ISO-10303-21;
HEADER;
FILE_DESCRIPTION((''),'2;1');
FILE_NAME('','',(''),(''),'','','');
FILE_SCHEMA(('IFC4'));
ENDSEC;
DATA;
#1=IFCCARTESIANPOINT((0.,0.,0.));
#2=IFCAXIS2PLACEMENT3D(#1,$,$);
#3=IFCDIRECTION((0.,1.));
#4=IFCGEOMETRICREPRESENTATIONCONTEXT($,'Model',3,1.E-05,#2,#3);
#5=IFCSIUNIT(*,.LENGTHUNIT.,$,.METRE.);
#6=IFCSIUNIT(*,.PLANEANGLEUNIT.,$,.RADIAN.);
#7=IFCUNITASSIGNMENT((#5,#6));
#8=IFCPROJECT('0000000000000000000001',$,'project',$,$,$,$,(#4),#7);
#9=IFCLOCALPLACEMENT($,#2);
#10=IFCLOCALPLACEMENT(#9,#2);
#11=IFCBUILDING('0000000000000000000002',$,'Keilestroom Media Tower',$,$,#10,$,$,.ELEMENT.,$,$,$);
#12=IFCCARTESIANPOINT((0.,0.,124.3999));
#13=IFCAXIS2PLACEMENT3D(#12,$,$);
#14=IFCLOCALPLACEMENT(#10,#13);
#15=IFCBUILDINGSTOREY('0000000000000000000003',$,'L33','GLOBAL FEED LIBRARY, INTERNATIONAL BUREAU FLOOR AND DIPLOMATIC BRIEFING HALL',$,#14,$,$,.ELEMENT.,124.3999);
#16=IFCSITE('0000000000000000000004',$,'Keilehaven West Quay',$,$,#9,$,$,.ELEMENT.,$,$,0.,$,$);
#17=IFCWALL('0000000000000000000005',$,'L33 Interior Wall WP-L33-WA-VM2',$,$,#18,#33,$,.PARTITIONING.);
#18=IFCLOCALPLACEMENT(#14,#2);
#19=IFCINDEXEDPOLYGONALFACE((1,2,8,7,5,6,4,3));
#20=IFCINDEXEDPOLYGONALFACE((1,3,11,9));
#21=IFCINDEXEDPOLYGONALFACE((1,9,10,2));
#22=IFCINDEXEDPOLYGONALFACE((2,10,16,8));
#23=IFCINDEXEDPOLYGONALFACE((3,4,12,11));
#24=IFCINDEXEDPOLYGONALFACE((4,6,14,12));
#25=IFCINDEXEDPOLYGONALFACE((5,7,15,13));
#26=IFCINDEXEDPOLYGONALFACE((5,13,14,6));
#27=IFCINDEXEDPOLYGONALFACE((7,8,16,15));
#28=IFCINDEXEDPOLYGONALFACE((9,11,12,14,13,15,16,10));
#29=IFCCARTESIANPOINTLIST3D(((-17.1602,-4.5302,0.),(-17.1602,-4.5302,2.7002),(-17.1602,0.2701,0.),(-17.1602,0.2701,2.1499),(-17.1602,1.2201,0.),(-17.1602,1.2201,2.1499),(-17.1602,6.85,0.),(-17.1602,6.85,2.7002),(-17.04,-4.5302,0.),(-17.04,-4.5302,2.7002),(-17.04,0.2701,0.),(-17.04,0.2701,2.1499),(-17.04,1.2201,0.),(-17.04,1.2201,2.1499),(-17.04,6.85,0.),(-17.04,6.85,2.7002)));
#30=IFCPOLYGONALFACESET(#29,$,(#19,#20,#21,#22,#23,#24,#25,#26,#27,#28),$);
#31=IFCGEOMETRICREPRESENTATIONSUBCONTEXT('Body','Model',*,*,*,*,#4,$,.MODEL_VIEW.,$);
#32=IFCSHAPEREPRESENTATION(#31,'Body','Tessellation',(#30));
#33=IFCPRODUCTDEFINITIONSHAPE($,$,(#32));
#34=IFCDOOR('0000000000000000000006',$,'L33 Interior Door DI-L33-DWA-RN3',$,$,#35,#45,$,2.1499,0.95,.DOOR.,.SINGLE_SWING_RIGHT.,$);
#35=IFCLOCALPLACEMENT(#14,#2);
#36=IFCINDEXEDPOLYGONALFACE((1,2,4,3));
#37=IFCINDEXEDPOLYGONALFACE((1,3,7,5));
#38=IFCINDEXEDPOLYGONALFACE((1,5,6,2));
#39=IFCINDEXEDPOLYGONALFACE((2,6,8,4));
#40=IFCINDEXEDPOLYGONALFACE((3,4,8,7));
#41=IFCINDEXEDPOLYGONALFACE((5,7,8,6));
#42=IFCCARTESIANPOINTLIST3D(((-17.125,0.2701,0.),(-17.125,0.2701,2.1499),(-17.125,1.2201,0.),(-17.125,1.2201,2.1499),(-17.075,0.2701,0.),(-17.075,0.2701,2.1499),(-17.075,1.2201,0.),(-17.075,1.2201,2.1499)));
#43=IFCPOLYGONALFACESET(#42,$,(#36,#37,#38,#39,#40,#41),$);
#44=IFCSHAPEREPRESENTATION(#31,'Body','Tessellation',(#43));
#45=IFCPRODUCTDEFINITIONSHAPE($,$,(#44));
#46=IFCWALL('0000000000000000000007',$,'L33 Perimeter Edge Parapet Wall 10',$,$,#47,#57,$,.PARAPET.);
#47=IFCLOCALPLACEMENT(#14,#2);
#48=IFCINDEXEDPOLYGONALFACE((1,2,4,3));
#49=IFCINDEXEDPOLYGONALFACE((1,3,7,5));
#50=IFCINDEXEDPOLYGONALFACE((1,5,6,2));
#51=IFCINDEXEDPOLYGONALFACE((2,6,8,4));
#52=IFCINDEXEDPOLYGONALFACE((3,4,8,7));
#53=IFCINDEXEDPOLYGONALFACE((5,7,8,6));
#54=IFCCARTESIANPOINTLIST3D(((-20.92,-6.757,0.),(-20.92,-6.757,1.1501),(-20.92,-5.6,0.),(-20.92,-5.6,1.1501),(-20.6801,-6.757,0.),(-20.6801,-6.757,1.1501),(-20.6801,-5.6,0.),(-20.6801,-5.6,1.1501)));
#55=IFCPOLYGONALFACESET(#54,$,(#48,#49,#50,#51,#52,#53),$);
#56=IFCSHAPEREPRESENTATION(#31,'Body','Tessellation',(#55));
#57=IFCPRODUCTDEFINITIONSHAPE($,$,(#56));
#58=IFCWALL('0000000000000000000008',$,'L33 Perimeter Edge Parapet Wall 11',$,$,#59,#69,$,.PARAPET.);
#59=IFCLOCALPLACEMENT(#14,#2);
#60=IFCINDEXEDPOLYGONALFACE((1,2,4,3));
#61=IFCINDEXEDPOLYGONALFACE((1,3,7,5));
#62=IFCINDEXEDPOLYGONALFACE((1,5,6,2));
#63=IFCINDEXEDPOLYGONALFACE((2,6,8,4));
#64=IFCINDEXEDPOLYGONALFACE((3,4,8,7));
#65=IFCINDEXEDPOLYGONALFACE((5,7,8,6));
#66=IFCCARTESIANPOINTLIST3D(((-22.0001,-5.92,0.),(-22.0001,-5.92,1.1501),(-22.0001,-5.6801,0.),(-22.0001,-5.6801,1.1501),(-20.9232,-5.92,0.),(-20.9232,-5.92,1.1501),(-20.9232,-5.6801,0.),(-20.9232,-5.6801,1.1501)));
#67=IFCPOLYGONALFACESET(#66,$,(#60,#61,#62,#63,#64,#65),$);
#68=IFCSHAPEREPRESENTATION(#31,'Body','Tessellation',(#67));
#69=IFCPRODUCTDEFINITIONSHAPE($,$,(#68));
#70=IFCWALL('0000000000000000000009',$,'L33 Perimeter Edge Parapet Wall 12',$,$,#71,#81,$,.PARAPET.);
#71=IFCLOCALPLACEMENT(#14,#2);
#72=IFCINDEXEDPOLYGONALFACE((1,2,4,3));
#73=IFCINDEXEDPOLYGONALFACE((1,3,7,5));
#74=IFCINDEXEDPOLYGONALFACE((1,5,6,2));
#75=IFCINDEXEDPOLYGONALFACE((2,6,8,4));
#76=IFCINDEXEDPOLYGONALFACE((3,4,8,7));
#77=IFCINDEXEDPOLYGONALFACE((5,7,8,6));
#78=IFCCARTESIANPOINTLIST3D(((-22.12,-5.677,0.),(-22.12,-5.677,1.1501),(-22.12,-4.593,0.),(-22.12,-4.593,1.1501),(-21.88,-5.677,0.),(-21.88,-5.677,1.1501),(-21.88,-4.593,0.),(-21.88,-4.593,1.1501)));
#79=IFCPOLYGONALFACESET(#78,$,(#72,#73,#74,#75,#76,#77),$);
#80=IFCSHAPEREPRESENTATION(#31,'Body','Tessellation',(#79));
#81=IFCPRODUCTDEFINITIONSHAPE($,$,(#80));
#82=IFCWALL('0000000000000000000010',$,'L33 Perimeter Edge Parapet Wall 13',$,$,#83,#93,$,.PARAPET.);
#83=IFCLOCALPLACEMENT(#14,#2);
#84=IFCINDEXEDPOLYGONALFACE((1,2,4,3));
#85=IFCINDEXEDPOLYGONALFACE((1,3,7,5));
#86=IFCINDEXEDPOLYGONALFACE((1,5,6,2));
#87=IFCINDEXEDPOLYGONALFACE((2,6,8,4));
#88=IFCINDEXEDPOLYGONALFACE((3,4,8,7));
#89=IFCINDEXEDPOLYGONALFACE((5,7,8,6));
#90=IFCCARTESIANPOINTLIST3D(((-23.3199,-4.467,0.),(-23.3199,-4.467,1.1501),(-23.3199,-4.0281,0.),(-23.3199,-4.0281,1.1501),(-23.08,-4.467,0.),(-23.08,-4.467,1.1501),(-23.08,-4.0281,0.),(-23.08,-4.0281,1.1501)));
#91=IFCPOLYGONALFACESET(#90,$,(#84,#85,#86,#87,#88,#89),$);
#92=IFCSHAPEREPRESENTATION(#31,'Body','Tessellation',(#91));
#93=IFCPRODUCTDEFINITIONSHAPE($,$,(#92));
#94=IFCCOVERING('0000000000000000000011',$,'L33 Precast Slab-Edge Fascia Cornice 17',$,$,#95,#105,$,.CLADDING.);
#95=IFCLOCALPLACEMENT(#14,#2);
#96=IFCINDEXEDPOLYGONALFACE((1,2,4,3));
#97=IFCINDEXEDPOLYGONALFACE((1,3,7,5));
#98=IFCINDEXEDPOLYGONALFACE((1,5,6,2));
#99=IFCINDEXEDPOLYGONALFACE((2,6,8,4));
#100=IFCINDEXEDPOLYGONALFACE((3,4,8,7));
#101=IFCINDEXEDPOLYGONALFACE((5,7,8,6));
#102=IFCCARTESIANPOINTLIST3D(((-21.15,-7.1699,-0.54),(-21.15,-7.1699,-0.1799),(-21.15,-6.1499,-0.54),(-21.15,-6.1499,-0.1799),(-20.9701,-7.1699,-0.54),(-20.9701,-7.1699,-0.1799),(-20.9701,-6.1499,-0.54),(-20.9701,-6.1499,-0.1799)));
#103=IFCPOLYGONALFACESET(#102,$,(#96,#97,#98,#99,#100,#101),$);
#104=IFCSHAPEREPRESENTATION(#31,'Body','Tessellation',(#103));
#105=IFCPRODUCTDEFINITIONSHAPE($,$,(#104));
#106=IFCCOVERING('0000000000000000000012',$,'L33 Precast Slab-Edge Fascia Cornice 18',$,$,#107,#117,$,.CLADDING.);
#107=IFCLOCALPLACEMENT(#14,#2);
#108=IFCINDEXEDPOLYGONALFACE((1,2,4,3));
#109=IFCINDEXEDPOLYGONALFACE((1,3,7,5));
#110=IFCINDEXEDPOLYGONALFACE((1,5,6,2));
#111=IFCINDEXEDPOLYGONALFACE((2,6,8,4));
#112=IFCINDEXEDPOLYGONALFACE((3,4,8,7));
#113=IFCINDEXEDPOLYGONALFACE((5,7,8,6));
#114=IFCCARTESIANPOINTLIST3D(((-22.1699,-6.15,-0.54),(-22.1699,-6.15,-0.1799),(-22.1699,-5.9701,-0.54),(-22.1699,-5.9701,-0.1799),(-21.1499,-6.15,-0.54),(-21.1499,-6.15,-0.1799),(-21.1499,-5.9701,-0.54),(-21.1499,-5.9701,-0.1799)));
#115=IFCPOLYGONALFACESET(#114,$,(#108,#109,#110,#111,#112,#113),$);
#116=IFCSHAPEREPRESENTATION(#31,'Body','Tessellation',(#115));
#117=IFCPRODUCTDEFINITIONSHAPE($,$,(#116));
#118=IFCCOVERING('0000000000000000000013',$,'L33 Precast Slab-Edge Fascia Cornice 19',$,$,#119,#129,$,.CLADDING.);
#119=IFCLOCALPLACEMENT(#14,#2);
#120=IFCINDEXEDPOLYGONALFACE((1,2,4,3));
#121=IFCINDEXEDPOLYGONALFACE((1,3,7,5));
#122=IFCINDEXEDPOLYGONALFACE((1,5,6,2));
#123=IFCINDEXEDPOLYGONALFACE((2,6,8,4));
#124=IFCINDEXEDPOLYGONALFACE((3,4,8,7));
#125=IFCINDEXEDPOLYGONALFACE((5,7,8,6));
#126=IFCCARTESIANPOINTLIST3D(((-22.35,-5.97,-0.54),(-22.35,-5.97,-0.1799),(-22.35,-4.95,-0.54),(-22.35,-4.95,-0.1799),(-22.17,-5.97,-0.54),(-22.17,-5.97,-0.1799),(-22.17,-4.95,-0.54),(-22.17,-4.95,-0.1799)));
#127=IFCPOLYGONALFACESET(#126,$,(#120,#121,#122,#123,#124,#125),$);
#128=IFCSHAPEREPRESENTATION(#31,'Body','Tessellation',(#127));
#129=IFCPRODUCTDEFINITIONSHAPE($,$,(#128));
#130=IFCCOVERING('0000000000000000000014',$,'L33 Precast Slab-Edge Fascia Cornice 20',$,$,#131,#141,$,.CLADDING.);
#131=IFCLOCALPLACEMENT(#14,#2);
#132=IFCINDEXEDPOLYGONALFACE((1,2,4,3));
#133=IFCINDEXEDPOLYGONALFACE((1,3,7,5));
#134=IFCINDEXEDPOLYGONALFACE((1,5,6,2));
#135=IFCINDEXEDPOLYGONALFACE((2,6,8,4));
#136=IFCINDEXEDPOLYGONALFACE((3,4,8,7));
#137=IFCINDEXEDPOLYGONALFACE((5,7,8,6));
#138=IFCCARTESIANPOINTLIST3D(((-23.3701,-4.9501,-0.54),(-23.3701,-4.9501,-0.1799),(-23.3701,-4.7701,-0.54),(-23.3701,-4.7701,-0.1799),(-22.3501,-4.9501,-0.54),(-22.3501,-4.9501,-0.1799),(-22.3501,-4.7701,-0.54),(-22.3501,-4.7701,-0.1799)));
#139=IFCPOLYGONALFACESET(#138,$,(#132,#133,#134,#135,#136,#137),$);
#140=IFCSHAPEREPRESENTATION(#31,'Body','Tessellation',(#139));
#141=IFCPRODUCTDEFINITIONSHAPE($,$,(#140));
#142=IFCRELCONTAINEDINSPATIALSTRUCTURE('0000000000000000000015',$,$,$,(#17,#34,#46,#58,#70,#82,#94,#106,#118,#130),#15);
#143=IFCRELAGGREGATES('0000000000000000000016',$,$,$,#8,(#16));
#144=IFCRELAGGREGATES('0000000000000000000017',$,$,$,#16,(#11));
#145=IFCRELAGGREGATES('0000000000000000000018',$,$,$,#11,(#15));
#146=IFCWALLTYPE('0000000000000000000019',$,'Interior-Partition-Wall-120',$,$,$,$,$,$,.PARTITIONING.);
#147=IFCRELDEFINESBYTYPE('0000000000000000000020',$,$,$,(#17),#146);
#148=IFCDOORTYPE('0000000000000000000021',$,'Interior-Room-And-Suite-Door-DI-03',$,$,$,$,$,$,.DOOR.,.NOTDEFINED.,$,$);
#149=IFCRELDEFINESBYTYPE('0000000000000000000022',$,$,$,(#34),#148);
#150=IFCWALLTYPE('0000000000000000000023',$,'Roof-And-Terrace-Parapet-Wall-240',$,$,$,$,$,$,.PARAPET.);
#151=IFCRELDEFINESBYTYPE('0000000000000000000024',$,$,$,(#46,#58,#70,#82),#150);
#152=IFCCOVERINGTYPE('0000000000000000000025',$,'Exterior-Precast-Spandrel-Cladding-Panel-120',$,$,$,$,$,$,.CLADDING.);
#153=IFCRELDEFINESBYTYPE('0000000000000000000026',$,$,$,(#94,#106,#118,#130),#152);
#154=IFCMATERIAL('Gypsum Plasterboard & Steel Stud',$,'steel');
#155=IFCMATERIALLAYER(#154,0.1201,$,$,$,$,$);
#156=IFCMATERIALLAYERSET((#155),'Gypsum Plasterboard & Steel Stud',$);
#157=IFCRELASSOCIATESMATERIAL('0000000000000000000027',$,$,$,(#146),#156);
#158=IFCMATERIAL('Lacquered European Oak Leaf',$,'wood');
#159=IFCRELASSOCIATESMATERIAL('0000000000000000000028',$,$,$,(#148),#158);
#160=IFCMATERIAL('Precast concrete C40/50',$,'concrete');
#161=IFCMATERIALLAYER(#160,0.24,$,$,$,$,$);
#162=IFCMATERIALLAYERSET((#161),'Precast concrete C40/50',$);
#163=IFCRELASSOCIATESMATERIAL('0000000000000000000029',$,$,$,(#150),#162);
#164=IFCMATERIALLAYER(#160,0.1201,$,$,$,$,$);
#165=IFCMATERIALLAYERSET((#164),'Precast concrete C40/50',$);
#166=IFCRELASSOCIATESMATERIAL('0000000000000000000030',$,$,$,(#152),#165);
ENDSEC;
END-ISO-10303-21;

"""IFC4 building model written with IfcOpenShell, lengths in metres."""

from ifc_helpers import new_model, si_unit, direction, frame, frame_2d, origin, origin_2d, place, context, subcontext, project, spatial, rectangle, extrude, source, transform, mapped, material, layer, layer_set, type_object, element, fill, save


model = new_model("IFC4")

# Units and contexts
model_context = context("Model", 3, precision=1e-05, world=origin(), true_north=direction((0.0, 1.0)))
body_context = subcontext(model_context, "Body", "Model", "MODEL_VIEW")
ifc_project = project(units=[si_unit("LENGTHUNIT", "METRE"), si_unit("PLANEANGLEUNIT", "RADIAN")], contexts=[model_context])

# Site, building, storey
site_placement = place(None, origin())
site = spatial("IfcSite", under=ifc_project, at=site_placement, Name="Keilehaven West Quay", CompositionType="ELEMENT", RefElevation=0.0)
building_placement = place(site_placement, origin())
building = spatial("IfcBuilding", under=site, at=building_placement, Name="Keilestroom Media Tower", CompositionType="ELEMENT")
storey_placement = place(building_placement, frame((0.0, 0.0, 124.3999)))
storey = spatial("IfcBuildingStorey", under=building, at=storey_placement, Name="L33", Description="GLOBAL FEED LIBRARY, INTERNATIONAL BUREAU FLOOR AND DIPLOMATIC BRIEFING HALL", CompositionType="ELEMENT", Elevation=124.3999)

# Shared definitions
ifc_material_1 = material(Name="Precast concrete C40/50", Category="concrete")

# Wall, opening, door
ifc_material_2 = material(Name="Gypsum Plasterboard & Steel Stud", Category="steel")
ifc_layer_1 = layer(ifc_material_2, 0.1201)
ifc_layer_set_1 = layer_set([ifc_layer_1], Name="Gypsum Plasterboard & Steel Stud")
wall_type_1 = type_object("IfcWallType", Name="Interior-Partition-Wall-120", PredefinedType="PARTITIONING", material=ifc_layer_set_1)
ifc_material_3 = material(Name="Lacquered European Oak Leaf", Category="wood")
door_type = type_object("IfcDoorType", Name="Interior-Room-And-Suite-Door-DI-03", OperationType="NOTDEFINED", PredefinedType="DOOR", material=ifc_material_3)
shared_shape_1 = source(origin(), body_context, "Body", "SweptSolid", [
    extrude(rectangle(XDim=0.95, YDim=2.1499, at=frame_2d((0.4751, 1.075))), frame((0.0, 0.0249, 0.0), z_axis=(0.0, -1.0, 0.0), x_axis=(1.0, 0.0, 0.0)), (0.0, 0.0, 1.0), 0.05),
])
wall_1_placement = place(storey_placement, frame((-17.1001, -4.53, 0.0), z_axis=(0.0, 0.0, 1.0), x_axis=(0.0, 1.0, 0.0)))
wall_1 = element("IfcWall", 1, at=wall_1_placement, inside=storey, type_object=wall_type_1, Name="L33 Interior Wall WP-L33-WA-VM2", PredefinedType="PARTITIONING", context=body_context, shape_type="SweptSolid", body=[
    extrude(rectangle(XDim=11.3801, YDim=0.1201, at=frame_2d((5.6899, 0.0))), origin(), (0.0, 0.0, 1.0), 2.7002),
])
opening_1_placement = place(wall_1_placement, frame((4.8, 0.0, 0.0)))
opening_1 = element("IfcOpeningElement", 2, at=opening_1_placement, cuts=wall_1, PredefinedType="OPENING", context=body_context, shape_type="SweptSolid", body=[
    extrude(rectangle(XDim=0.95, YDim=2.1499, at=frame_2d((0.4751, 1.075))), frame((0.0, 0.0701, 0.0), z_axis=(0.0, -1.0, 0.0), x_axis=(1.0, 0.0, 0.0)), (0.0, 0.0, 1.0), 0.1401),
])
door_1_placement = place(opening_1_placement, origin())
door_1 = element("IfcDoor", 3, at=door_1_placement, inside=storey, type_object=door_type, Name="L33 Interior Door DI-L33-DWA-RN3", OperationType="SINGLE_SWING_RIGHT", OverallHeight=2.1499, OverallWidth=0.95, PredefinedType="DOOR", context=body_context, shape_type="MappedRepresentation", body=[
    mapped(shared_shape_1, transform((0.0, 0.0, 0.0), x_axis=(1.0, 0.0, 0.0), y_axis=(0.0, 1.0, 0.0), z_axis=(0.0, 0.0, 1.0), scale=1.0)),
])
fill(opening_1, door_1)

# Walls
ifc_layer_2 = layer(ifc_material_1, 0.24)
ifc_layer_set_2 = layer_set([ifc_layer_2], Name="Precast concrete C40/50")
wall_type_2 = type_object("IfcWallType", Name="Roof-And-Terrace-Parapet-Wall-240", PredefinedType="PARAPET", material=ifc_layer_set_2)
wall_2_placement = place(storey_placement, frame((-20.8, -6.7571, 0.0), z_axis=(0.0, 0.0, 1.0), x_axis=(0.0, 1.0, 0.0)))
element("IfcWall", 4, at=wall_2_placement, inside=storey, type_object=wall_type_2, Name="L33 Perimeter Edge Parapet Wall 10", PredefinedType="PARAPET", context=body_context, shape_type="SweptSolid", body=[
    extrude(rectangle(XDim=1.157, YDim=0.24, at=frame_2d((0.5786, 0.0))), origin(), (0.0, 0.0, 1.0), 1.1501),
])
wall_3_placement = place(storey_placement, frame((-20.9231, -5.8, 0.0), z_axis=(0.0, 0.0, 1.0), x_axis=(-1.0, 0.0, 0.0)))
element("IfcWall", 5, at=wall_3_placement, inside=storey, type_object=wall_type_2, Name="L33 Perimeter Edge Parapet Wall 11", PredefinedType="PARAPET", context=body_context, shape_type="SweptSolid", body=[
    extrude(rectangle(XDim=1.0769, YDim=0.24, at=frame_2d((0.5386, 0.0))), origin(), (0.0, 0.0, 1.0), 1.1501),
])
wall_4_placement = place(storey_placement, frame((-22.0, -5.677, 0.0), z_axis=(0.0, 0.0, 1.0), x_axis=(0.0, 1.0, 0.0)))
element("IfcWall", 6, at=wall_4_placement, inside=storey, type_object=wall_type_2, Name="L33 Perimeter Edge Parapet Wall 12", PredefinedType="PARAPET", context=body_context, shape_type="SweptSolid", body=[
    extrude(rectangle(XDim=1.084, YDim=0.24, at=frame_2d((0.542, 0.0))), origin(), (0.0, 0.0, 1.0), 1.1501),
])
wall_5_placement = place(storey_placement, frame((-23.2, -4.467, 0.0), z_axis=(0.0, 0.0, 1.0), x_axis=(0.0, 1.0, 0.0)))
element("IfcWall", 7, at=wall_5_placement, inside=storey, type_object=wall_type_2, Name="L33 Perimeter Edge Parapet Wall 13", PredefinedType="PARAPET", context=body_context, shape_type="SweptSolid", body=[
    extrude(rectangle(XDim=0.439, YDim=0.24, at=frame_2d((0.2195, 0.0))), origin(), (0.0, 0.0, 1.0), 1.1501),
])

# Coverings
ifc_layer_3 = layer(ifc_material_1, 0.1201)
ifc_layer_set_3 = layer_set([ifc_layer_3], Name="Precast concrete C40/50")
covering_type = type_object("IfcCoveringType", Name="Exterior-Precast-Spandrel-Cladding-Panel-120", PredefinedType="CLADDING", material=ifc_layer_set_3)
shared_shape_2 = source(origin(), body_context, "Body", "SweptSolid", [
    extrude(rectangle(XDim=1.02, YDim=0.1799, at=origin_2d()), origin(), (0.0, 0.0, 1.0), 0.3601),
])
for number, where, z_axis, x_axis, name in (
    (8, (-21.0601, -6.6599, -0.54), (0.0, 0.0, 1.0), (0.0, 1.0, 0.0), "L33 Precast Slab-Edge Fascia Cornice 17"),
    (9, (-21.6599, -6.0601, -0.54), (0.0, 0.0, 1.0), (-1.0, 0.0, 0.0), "L33 Precast Slab-Edge Fascia Cornice 18"),
    (10, (-22.26, -5.46, -0.54), (0.0, 0.0, 1.0), (0.0, 1.0, 0.0), "L33 Precast Slab-Edge Fascia Cornice 19"),
    (11, (-22.8601, -4.8601, -0.54), (0.0, 0.0, 1.0), (-1.0, 0.0, 0.0), "L33 Precast Slab-Edge Fascia Cornice 20"),
):
    element("IfcCovering", number, at=place(storey_placement, frame(where, z_axis=z_axis, x_axis=x_axis)), inside=storey, type_object=covering_type, Name=name, PredefinedType="CLADDING", context=body_context, shape_type="MappedRepresentation", body=[
        mapped(shared_shape_2, transform((0.0, 0.0, 0.0), x_axis=(1.0, 0.0, 0.0), y_axis=(0.0, 1.0, 0.0), z_axis=(0.0, 0.0, 1.0), scale=1.0)),
    ])

save(model, "model.ifc")
